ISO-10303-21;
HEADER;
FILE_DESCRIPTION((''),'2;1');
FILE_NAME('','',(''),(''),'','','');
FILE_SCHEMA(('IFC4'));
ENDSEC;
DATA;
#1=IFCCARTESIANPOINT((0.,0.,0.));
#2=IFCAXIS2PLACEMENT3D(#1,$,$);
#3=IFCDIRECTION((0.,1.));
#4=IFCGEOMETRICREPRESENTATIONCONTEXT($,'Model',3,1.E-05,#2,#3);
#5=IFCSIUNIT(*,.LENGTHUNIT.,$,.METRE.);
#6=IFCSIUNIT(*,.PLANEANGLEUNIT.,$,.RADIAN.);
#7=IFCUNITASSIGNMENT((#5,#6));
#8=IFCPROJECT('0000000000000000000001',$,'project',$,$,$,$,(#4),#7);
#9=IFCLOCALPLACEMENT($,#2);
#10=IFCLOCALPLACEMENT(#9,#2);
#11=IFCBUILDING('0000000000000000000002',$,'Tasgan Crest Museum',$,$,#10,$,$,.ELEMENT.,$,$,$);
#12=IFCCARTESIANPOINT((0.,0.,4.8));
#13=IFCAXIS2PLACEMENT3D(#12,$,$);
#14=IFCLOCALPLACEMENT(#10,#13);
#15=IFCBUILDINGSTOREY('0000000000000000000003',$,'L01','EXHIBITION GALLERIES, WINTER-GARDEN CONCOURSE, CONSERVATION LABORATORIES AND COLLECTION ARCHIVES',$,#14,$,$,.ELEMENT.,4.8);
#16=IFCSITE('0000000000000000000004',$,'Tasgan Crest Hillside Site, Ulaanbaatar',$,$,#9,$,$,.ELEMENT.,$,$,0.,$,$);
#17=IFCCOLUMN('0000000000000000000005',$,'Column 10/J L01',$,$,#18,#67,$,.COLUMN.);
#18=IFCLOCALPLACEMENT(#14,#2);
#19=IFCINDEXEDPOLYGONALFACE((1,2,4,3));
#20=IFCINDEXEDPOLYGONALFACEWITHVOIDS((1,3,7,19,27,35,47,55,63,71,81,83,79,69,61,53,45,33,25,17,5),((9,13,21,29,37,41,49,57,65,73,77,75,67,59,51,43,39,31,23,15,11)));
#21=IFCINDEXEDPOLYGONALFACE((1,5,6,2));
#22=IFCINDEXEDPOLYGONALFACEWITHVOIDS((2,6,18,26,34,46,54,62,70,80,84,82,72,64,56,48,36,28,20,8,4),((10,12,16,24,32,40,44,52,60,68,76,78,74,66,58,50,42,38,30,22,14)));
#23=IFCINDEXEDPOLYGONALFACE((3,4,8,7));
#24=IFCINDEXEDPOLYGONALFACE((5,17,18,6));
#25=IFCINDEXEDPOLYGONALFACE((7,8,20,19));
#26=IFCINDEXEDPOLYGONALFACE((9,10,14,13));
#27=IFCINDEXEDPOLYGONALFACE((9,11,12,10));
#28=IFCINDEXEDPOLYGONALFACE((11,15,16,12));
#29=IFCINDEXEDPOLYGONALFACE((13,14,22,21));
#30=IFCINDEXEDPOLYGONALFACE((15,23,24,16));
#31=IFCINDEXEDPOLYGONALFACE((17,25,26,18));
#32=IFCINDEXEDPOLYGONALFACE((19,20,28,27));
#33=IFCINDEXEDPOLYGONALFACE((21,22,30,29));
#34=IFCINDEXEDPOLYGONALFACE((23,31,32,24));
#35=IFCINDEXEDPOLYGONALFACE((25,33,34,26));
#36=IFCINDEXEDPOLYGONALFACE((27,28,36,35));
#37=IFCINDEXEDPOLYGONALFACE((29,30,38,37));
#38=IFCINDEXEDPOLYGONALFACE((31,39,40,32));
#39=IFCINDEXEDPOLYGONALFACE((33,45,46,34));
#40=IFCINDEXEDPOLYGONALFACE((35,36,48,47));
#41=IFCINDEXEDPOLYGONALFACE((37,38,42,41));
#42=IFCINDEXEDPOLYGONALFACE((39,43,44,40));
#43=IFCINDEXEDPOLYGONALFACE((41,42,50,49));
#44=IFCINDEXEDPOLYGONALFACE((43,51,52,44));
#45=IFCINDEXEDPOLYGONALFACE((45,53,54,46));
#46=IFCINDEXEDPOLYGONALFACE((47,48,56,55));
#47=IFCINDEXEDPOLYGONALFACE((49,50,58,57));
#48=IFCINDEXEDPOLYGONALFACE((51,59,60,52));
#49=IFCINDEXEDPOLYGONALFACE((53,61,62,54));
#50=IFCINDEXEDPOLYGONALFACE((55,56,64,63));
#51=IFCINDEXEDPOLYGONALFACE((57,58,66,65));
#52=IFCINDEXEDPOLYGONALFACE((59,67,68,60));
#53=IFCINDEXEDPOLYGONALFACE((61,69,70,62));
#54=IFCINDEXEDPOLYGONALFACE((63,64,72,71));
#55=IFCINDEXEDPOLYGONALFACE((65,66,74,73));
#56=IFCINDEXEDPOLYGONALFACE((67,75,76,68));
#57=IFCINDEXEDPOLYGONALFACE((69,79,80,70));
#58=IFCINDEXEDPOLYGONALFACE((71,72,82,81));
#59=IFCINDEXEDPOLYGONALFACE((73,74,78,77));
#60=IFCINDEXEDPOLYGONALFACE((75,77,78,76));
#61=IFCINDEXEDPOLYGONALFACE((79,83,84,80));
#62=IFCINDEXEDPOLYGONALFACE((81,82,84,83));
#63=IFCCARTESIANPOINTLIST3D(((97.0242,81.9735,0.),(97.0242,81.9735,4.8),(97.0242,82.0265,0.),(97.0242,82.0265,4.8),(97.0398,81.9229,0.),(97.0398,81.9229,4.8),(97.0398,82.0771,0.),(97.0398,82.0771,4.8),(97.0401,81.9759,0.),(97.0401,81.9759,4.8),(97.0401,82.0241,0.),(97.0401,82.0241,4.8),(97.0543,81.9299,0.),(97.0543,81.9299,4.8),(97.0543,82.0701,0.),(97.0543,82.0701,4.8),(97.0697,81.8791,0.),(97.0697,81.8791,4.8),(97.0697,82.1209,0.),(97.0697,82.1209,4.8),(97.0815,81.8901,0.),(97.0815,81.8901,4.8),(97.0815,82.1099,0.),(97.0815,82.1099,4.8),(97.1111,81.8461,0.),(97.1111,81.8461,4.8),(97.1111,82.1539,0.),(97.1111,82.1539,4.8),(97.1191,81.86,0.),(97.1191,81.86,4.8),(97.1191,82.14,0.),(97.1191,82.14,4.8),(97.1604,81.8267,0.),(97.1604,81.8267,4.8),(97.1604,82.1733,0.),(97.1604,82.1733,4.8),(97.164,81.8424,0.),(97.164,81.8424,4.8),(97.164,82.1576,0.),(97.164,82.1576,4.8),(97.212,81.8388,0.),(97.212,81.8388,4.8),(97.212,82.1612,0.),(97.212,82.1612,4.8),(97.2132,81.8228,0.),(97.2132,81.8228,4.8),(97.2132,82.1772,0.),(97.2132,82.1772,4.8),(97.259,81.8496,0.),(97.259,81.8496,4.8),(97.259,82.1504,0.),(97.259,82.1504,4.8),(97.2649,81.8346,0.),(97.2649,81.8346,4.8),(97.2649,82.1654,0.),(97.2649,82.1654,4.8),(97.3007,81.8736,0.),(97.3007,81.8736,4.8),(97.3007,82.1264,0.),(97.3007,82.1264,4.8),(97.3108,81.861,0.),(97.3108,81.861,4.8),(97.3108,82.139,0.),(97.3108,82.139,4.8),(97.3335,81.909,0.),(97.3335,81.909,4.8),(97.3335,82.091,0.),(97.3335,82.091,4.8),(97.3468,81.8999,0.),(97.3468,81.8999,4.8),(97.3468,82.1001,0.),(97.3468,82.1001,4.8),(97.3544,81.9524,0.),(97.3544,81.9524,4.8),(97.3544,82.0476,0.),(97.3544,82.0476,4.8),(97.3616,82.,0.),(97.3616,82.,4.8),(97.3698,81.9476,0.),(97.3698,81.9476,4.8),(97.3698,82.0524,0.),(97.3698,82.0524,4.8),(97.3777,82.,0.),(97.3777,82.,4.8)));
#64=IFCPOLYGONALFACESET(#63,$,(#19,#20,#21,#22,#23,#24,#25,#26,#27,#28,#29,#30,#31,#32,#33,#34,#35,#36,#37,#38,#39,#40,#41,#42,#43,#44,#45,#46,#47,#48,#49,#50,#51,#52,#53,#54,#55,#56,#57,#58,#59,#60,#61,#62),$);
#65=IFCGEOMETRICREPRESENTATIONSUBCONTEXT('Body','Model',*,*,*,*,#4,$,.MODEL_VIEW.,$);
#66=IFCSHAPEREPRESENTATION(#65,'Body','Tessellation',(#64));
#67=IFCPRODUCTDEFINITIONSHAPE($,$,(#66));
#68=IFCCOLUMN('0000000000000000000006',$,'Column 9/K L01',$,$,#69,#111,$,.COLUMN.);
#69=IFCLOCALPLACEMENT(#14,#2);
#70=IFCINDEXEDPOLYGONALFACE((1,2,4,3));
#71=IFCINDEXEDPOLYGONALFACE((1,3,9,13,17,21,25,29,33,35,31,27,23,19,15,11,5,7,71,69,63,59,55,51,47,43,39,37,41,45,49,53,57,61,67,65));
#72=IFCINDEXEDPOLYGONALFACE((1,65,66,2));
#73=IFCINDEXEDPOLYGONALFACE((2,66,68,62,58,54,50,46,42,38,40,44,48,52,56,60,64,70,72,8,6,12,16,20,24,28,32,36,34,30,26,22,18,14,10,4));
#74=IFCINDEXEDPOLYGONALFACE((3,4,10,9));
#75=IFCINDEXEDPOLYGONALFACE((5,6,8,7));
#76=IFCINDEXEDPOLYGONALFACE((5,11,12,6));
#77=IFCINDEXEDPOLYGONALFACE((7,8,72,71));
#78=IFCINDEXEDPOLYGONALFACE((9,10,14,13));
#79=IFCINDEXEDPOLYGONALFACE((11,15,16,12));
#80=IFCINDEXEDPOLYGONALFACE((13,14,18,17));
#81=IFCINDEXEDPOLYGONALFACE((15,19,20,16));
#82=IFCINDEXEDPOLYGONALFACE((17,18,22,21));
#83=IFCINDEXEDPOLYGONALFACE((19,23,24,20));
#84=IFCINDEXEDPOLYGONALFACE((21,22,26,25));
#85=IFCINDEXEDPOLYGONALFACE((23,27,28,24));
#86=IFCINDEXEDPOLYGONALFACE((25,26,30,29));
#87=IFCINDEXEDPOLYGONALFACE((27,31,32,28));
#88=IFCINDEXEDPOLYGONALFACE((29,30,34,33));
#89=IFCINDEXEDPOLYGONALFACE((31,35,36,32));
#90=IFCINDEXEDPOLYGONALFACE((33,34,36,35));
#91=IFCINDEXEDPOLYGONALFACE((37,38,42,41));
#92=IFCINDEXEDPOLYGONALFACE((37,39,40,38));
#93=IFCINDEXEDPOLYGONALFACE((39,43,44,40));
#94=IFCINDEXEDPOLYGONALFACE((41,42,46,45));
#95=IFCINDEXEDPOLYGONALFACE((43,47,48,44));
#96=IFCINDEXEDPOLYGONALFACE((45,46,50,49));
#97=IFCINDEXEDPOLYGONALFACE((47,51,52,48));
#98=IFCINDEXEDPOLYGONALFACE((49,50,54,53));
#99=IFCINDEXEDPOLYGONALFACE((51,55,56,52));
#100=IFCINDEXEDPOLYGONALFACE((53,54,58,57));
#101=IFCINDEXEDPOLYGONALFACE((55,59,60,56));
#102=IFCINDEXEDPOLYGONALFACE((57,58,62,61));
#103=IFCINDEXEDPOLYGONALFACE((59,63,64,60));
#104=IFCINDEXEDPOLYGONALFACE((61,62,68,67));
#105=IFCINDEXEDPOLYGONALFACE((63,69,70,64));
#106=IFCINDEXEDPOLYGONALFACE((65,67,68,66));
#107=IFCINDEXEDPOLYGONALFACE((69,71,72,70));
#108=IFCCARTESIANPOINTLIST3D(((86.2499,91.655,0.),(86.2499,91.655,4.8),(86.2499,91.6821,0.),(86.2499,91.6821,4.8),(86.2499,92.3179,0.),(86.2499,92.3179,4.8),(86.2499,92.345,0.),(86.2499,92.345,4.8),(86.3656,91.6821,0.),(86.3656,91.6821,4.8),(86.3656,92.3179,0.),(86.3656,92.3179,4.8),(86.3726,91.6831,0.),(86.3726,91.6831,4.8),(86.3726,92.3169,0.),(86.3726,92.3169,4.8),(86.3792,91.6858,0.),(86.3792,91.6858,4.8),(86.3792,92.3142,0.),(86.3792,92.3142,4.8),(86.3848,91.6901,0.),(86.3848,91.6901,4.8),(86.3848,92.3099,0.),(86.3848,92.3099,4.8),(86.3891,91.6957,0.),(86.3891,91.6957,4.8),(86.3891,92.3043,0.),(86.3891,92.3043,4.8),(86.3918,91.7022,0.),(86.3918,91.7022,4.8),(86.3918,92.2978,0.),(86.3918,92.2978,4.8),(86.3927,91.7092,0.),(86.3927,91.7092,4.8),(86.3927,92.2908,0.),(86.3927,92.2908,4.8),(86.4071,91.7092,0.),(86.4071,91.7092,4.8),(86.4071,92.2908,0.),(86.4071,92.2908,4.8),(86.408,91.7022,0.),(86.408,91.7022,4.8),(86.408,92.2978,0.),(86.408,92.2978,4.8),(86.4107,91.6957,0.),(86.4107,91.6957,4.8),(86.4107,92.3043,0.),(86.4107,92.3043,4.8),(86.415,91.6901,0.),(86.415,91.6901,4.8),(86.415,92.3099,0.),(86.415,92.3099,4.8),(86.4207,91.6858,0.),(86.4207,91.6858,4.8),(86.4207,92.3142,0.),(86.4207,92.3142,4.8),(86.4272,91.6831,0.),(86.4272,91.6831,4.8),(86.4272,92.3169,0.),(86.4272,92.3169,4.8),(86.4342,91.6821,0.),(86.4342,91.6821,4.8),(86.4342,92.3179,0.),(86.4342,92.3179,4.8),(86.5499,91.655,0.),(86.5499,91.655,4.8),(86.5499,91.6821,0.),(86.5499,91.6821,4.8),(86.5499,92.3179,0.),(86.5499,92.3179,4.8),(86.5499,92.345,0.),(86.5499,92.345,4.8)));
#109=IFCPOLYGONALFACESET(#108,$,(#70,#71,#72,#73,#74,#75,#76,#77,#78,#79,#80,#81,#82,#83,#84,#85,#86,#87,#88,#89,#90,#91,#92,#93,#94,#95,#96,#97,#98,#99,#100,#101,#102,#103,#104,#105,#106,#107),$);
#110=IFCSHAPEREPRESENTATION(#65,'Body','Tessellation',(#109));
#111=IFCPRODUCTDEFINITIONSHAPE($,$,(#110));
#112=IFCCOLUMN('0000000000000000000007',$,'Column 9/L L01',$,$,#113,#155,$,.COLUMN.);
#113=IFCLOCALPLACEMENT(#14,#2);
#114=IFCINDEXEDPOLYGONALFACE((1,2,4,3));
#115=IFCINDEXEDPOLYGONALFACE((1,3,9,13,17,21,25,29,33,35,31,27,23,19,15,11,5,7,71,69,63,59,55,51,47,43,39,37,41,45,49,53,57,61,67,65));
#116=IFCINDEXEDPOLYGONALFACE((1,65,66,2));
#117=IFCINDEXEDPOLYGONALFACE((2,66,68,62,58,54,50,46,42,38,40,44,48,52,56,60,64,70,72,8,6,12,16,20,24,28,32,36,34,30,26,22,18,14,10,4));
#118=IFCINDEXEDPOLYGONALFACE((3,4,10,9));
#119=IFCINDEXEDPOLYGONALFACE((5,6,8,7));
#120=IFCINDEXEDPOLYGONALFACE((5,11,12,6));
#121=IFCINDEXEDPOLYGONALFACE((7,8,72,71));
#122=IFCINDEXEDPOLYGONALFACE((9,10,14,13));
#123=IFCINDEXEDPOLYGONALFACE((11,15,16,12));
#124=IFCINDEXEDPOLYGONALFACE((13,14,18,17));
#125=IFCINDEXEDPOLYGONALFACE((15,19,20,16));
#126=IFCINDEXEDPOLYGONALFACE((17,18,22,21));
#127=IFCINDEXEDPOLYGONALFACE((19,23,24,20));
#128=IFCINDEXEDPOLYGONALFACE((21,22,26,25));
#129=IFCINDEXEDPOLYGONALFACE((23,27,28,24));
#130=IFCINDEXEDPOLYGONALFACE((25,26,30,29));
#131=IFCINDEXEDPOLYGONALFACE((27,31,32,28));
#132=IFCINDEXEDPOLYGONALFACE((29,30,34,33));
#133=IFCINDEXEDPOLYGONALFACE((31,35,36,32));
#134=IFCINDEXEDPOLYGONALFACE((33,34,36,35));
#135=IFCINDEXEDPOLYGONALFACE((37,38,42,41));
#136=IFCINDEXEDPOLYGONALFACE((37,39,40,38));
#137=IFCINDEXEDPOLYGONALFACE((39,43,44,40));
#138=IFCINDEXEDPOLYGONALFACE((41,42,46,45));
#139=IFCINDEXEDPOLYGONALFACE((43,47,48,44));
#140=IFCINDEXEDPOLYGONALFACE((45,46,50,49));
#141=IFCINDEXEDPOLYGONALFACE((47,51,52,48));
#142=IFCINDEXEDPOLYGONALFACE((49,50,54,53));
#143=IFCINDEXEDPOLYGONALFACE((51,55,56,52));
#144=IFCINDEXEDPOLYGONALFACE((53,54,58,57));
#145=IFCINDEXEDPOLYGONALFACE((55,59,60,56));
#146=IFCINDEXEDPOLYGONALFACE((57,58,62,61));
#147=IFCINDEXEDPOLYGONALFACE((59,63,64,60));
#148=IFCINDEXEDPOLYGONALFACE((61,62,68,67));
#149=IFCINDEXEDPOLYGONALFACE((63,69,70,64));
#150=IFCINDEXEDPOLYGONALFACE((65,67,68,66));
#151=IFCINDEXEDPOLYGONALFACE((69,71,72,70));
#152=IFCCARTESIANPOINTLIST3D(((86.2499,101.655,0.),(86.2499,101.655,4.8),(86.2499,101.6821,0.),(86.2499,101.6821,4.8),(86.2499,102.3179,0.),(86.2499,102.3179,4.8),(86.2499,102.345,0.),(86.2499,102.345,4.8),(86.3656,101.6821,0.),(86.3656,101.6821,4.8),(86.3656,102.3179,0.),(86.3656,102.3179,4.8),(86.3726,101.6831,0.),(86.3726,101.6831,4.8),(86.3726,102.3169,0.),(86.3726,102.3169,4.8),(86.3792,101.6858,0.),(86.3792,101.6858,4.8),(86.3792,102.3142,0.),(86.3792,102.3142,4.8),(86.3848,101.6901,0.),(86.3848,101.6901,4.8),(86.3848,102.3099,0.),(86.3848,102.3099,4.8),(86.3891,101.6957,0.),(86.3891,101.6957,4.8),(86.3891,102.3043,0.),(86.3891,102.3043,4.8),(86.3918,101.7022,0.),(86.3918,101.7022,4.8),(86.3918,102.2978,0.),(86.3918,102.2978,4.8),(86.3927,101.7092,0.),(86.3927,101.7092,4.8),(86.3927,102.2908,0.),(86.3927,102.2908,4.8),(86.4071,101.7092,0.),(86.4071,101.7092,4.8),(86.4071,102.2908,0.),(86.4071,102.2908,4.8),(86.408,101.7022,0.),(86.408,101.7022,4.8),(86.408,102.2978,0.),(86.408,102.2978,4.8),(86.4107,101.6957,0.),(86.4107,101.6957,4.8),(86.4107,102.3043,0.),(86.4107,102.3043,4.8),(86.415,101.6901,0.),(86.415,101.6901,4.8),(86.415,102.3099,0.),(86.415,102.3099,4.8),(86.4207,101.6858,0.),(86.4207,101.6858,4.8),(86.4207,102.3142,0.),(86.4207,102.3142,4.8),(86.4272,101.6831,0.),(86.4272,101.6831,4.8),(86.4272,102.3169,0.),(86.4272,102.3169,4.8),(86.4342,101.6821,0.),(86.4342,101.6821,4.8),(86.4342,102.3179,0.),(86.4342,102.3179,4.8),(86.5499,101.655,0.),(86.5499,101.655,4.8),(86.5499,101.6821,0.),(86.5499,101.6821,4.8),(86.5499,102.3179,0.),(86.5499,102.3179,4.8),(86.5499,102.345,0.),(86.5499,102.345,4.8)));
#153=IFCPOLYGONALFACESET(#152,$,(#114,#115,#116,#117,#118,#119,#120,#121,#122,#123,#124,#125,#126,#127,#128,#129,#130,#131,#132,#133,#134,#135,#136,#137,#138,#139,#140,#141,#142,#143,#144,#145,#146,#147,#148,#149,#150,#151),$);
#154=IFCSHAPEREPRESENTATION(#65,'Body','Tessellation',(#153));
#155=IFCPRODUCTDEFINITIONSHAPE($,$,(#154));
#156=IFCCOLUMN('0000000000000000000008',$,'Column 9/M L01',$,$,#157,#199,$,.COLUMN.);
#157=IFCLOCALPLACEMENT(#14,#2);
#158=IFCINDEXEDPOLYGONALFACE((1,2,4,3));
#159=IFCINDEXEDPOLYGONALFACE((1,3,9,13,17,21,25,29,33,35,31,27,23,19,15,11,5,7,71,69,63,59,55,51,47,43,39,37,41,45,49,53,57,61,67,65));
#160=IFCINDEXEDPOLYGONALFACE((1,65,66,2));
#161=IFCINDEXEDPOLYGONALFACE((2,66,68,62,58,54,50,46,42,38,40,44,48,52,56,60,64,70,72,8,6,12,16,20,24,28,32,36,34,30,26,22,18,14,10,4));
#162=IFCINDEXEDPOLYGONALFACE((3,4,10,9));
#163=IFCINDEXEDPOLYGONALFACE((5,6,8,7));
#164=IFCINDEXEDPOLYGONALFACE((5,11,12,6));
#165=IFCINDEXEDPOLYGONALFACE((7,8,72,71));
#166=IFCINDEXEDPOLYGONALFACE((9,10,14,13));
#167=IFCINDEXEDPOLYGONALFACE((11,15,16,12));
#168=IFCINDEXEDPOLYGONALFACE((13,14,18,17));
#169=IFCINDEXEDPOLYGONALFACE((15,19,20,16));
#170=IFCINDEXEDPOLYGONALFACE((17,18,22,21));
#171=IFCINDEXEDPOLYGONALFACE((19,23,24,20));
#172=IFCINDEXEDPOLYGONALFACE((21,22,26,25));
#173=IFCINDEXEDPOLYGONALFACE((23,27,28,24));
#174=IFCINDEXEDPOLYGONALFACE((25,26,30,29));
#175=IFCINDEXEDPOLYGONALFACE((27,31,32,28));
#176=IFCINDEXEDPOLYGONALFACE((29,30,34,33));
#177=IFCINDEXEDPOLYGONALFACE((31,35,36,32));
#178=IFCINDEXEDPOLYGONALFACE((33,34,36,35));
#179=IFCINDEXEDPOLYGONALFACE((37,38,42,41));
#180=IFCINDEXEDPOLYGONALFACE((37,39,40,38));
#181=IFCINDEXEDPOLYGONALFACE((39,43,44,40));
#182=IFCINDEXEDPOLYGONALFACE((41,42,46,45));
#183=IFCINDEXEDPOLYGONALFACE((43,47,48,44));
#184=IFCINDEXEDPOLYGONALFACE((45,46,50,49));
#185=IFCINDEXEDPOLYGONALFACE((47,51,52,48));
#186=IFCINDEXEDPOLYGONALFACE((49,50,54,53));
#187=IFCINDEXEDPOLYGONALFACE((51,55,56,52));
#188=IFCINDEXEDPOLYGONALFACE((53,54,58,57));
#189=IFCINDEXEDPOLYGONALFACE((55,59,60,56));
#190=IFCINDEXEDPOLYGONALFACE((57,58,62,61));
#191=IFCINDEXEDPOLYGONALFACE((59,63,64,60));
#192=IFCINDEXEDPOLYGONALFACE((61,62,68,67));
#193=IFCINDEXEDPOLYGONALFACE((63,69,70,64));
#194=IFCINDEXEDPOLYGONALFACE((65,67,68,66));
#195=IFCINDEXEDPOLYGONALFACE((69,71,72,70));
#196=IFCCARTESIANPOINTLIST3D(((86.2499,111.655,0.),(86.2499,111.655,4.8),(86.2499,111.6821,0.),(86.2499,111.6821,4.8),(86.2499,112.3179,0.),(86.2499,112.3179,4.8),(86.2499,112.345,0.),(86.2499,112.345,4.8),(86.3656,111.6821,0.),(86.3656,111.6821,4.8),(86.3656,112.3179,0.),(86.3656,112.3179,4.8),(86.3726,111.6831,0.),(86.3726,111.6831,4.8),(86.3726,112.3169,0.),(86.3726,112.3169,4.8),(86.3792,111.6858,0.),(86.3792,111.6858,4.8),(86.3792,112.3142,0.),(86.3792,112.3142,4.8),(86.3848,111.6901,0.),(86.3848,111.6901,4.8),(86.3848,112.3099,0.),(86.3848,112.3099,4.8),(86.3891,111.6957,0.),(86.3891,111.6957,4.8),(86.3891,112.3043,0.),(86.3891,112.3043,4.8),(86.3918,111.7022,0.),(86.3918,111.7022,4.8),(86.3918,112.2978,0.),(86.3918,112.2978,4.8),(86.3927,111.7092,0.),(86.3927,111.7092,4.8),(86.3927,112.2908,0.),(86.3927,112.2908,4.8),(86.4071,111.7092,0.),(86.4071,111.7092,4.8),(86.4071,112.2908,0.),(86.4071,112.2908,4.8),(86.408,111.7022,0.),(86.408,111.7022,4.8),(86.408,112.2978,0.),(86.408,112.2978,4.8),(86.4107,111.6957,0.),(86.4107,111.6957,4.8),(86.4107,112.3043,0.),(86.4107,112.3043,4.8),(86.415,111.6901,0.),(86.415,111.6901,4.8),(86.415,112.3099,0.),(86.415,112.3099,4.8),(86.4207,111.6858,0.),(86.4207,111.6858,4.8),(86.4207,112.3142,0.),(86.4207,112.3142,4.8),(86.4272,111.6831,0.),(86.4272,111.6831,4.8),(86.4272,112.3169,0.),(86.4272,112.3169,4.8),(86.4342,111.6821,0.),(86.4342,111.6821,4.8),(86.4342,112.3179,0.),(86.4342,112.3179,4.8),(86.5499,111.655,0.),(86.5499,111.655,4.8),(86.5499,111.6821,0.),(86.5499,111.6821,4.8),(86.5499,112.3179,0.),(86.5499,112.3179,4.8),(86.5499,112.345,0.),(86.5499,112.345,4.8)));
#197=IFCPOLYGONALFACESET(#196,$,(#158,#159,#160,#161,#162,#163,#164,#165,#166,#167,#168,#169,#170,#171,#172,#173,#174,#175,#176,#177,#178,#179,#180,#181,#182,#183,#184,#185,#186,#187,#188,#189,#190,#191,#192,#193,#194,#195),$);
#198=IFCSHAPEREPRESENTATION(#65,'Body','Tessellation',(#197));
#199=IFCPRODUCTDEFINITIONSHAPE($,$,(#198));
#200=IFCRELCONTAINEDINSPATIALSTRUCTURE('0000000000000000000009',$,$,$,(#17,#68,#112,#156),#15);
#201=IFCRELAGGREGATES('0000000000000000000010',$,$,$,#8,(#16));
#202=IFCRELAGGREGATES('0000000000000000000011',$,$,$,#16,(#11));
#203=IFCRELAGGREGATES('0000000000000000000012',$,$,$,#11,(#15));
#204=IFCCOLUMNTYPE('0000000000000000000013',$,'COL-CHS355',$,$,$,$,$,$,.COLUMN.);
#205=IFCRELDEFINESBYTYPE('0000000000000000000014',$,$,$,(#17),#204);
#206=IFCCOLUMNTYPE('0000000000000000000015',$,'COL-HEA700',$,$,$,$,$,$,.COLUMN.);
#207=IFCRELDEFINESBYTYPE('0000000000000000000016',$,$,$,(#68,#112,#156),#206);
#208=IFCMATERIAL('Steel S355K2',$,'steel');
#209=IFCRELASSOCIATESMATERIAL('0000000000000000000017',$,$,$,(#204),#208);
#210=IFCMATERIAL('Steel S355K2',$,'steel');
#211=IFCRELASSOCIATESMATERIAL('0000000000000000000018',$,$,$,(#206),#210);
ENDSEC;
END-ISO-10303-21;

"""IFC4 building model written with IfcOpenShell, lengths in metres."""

from ifc_helpers import new_model, si_unit, direction, frame, origin, origin_2d, place, context, subcontext, project, spatial, hollow_circle, i_section, extrude, material, material_profile, profile_set, type_object, element, save


model = new_model("IFC4")

# Units and contexts
model_context = context("Model", 3, precision=1e-05, world=origin(), true_north=direction((0.0, 1.0)))
body_context = subcontext(model_context, "Body", "Model", "MODEL_VIEW")
ifc_project = project(units=[si_unit("LENGTHUNIT", "METRE"), si_unit("PLANEANGLEUNIT", "RADIAN")], contexts=[model_context])

# Site, building, storey
site_placement = place(None, origin())
site = spatial("IfcSite", under=ifc_project, at=site_placement, Name="Tasgan Crest Hillside Site, Ulaanbaatar", CompositionType="ELEMENT", RefElevation=0.0)
building_placement = place(site_placement, origin())
building = spatial("IfcBuilding", under=site, at=building_placement, Name="Tasgan Crest Museum", CompositionType="ELEMENT")
storey_placement = place(building_placement, frame((0.0, 0.0, 4.8)))
storey = spatial("IfcBuildingStorey", under=building, at=storey_placement, Name="L01", Description="EXHIBITION GALLERIES, WINTER-GARDEN CONCOURSE, CONSERVATION LABORATORIES AND COLLECTION ARCHIVES", CompositionType="ELEMENT", Elevation=4.8)

# Columns
ifc_material_1 = material(Name="Steel S355K2", Category="steel")
ifc_material_profile_1 = material_profile(ifc_material_1, hollow_circle(Radius=0.1777, WallThickness=0.0161, at=origin_2d()), Name="CHS 355.6x16")
ifc_profile_set_1 = profile_set([ifc_material_profile_1], Name="Steel S355K2")
column_type_1 = type_object("IfcColumnType", Name="COL-CHS355", PredefinedType="COLUMN", material=ifc_profile_set_1)
column_placement = place(storey_placement, frame((97.2, 82.0, 0.0), z_axis=(0.0, 0.0, 1.0), x_axis=(1.0, 0.0, 0.0)))
element("IfcColumn", 1, at=column_placement, inside=storey, type_object=column_type_1, Name="Column 10/J L01", PredefinedType="COLUMN", context=body_context, shape_type="SweptSolid", body=[
    extrude(hollow_circle(Radius=0.1777, WallThickness=0.0161, at=origin_2d()), origin(), (0.0, 0.0, 1.0), 4.8),
])
ifc_material_2 = material(Name="Steel S355K2", Category="steel")
ifc_material_profile_2 = material_profile(ifc_material_2, i_section(OverallWidth=0.3, OverallDepth=0.6899, WebThickness=0.0144, FlangeThickness=0.0271, FilletRadius=0.0271, at=origin_2d()), Name="HEA 700")
ifc_profile_set_2 = profile_set([ifc_material_profile_2], Name="Steel S355K2")
column_type_2 = type_object("IfcColumnType", Name="COL-HEA700", PredefinedType="COLUMN", material=ifc_profile_set_2)
for number, where, z_axis, x_axis, name in (
    (2, (86.3999, 92.0, 0.0), (0.0, 0.0, 1.0), (1.0, 0.0, 0.0), "Column 9/K L01"),
    (3, (86.3999, 102.0, 0.0), (0.0, 0.0, 1.0), (1.0, 0.0, 0.0), "Column 9/L L01"),
    (4, (86.3999, 112.0, 0.0), (0.0, 0.0, 1.0), (1.0, 0.0, 0.0), "Column 9/M L01"),
):
    element("IfcColumn", number, at=place(storey_placement, frame(where, z_axis=z_axis, x_axis=x_axis)), inside=storey, type_object=column_type_2, Name=name, PredefinedType="COLUMN", context=body_context, shape_type="SweptSolid", body=[
        extrude(i_section(OverallWidth=0.3, OverallDepth=0.6899, WebThickness=0.0144, FlangeThickness=0.0271, FilletRadius=0.0271, at=origin_2d()), origin(), (0.0, 0.0, 1.0), 4.8),
    ])

save(model, "model.ifc")
